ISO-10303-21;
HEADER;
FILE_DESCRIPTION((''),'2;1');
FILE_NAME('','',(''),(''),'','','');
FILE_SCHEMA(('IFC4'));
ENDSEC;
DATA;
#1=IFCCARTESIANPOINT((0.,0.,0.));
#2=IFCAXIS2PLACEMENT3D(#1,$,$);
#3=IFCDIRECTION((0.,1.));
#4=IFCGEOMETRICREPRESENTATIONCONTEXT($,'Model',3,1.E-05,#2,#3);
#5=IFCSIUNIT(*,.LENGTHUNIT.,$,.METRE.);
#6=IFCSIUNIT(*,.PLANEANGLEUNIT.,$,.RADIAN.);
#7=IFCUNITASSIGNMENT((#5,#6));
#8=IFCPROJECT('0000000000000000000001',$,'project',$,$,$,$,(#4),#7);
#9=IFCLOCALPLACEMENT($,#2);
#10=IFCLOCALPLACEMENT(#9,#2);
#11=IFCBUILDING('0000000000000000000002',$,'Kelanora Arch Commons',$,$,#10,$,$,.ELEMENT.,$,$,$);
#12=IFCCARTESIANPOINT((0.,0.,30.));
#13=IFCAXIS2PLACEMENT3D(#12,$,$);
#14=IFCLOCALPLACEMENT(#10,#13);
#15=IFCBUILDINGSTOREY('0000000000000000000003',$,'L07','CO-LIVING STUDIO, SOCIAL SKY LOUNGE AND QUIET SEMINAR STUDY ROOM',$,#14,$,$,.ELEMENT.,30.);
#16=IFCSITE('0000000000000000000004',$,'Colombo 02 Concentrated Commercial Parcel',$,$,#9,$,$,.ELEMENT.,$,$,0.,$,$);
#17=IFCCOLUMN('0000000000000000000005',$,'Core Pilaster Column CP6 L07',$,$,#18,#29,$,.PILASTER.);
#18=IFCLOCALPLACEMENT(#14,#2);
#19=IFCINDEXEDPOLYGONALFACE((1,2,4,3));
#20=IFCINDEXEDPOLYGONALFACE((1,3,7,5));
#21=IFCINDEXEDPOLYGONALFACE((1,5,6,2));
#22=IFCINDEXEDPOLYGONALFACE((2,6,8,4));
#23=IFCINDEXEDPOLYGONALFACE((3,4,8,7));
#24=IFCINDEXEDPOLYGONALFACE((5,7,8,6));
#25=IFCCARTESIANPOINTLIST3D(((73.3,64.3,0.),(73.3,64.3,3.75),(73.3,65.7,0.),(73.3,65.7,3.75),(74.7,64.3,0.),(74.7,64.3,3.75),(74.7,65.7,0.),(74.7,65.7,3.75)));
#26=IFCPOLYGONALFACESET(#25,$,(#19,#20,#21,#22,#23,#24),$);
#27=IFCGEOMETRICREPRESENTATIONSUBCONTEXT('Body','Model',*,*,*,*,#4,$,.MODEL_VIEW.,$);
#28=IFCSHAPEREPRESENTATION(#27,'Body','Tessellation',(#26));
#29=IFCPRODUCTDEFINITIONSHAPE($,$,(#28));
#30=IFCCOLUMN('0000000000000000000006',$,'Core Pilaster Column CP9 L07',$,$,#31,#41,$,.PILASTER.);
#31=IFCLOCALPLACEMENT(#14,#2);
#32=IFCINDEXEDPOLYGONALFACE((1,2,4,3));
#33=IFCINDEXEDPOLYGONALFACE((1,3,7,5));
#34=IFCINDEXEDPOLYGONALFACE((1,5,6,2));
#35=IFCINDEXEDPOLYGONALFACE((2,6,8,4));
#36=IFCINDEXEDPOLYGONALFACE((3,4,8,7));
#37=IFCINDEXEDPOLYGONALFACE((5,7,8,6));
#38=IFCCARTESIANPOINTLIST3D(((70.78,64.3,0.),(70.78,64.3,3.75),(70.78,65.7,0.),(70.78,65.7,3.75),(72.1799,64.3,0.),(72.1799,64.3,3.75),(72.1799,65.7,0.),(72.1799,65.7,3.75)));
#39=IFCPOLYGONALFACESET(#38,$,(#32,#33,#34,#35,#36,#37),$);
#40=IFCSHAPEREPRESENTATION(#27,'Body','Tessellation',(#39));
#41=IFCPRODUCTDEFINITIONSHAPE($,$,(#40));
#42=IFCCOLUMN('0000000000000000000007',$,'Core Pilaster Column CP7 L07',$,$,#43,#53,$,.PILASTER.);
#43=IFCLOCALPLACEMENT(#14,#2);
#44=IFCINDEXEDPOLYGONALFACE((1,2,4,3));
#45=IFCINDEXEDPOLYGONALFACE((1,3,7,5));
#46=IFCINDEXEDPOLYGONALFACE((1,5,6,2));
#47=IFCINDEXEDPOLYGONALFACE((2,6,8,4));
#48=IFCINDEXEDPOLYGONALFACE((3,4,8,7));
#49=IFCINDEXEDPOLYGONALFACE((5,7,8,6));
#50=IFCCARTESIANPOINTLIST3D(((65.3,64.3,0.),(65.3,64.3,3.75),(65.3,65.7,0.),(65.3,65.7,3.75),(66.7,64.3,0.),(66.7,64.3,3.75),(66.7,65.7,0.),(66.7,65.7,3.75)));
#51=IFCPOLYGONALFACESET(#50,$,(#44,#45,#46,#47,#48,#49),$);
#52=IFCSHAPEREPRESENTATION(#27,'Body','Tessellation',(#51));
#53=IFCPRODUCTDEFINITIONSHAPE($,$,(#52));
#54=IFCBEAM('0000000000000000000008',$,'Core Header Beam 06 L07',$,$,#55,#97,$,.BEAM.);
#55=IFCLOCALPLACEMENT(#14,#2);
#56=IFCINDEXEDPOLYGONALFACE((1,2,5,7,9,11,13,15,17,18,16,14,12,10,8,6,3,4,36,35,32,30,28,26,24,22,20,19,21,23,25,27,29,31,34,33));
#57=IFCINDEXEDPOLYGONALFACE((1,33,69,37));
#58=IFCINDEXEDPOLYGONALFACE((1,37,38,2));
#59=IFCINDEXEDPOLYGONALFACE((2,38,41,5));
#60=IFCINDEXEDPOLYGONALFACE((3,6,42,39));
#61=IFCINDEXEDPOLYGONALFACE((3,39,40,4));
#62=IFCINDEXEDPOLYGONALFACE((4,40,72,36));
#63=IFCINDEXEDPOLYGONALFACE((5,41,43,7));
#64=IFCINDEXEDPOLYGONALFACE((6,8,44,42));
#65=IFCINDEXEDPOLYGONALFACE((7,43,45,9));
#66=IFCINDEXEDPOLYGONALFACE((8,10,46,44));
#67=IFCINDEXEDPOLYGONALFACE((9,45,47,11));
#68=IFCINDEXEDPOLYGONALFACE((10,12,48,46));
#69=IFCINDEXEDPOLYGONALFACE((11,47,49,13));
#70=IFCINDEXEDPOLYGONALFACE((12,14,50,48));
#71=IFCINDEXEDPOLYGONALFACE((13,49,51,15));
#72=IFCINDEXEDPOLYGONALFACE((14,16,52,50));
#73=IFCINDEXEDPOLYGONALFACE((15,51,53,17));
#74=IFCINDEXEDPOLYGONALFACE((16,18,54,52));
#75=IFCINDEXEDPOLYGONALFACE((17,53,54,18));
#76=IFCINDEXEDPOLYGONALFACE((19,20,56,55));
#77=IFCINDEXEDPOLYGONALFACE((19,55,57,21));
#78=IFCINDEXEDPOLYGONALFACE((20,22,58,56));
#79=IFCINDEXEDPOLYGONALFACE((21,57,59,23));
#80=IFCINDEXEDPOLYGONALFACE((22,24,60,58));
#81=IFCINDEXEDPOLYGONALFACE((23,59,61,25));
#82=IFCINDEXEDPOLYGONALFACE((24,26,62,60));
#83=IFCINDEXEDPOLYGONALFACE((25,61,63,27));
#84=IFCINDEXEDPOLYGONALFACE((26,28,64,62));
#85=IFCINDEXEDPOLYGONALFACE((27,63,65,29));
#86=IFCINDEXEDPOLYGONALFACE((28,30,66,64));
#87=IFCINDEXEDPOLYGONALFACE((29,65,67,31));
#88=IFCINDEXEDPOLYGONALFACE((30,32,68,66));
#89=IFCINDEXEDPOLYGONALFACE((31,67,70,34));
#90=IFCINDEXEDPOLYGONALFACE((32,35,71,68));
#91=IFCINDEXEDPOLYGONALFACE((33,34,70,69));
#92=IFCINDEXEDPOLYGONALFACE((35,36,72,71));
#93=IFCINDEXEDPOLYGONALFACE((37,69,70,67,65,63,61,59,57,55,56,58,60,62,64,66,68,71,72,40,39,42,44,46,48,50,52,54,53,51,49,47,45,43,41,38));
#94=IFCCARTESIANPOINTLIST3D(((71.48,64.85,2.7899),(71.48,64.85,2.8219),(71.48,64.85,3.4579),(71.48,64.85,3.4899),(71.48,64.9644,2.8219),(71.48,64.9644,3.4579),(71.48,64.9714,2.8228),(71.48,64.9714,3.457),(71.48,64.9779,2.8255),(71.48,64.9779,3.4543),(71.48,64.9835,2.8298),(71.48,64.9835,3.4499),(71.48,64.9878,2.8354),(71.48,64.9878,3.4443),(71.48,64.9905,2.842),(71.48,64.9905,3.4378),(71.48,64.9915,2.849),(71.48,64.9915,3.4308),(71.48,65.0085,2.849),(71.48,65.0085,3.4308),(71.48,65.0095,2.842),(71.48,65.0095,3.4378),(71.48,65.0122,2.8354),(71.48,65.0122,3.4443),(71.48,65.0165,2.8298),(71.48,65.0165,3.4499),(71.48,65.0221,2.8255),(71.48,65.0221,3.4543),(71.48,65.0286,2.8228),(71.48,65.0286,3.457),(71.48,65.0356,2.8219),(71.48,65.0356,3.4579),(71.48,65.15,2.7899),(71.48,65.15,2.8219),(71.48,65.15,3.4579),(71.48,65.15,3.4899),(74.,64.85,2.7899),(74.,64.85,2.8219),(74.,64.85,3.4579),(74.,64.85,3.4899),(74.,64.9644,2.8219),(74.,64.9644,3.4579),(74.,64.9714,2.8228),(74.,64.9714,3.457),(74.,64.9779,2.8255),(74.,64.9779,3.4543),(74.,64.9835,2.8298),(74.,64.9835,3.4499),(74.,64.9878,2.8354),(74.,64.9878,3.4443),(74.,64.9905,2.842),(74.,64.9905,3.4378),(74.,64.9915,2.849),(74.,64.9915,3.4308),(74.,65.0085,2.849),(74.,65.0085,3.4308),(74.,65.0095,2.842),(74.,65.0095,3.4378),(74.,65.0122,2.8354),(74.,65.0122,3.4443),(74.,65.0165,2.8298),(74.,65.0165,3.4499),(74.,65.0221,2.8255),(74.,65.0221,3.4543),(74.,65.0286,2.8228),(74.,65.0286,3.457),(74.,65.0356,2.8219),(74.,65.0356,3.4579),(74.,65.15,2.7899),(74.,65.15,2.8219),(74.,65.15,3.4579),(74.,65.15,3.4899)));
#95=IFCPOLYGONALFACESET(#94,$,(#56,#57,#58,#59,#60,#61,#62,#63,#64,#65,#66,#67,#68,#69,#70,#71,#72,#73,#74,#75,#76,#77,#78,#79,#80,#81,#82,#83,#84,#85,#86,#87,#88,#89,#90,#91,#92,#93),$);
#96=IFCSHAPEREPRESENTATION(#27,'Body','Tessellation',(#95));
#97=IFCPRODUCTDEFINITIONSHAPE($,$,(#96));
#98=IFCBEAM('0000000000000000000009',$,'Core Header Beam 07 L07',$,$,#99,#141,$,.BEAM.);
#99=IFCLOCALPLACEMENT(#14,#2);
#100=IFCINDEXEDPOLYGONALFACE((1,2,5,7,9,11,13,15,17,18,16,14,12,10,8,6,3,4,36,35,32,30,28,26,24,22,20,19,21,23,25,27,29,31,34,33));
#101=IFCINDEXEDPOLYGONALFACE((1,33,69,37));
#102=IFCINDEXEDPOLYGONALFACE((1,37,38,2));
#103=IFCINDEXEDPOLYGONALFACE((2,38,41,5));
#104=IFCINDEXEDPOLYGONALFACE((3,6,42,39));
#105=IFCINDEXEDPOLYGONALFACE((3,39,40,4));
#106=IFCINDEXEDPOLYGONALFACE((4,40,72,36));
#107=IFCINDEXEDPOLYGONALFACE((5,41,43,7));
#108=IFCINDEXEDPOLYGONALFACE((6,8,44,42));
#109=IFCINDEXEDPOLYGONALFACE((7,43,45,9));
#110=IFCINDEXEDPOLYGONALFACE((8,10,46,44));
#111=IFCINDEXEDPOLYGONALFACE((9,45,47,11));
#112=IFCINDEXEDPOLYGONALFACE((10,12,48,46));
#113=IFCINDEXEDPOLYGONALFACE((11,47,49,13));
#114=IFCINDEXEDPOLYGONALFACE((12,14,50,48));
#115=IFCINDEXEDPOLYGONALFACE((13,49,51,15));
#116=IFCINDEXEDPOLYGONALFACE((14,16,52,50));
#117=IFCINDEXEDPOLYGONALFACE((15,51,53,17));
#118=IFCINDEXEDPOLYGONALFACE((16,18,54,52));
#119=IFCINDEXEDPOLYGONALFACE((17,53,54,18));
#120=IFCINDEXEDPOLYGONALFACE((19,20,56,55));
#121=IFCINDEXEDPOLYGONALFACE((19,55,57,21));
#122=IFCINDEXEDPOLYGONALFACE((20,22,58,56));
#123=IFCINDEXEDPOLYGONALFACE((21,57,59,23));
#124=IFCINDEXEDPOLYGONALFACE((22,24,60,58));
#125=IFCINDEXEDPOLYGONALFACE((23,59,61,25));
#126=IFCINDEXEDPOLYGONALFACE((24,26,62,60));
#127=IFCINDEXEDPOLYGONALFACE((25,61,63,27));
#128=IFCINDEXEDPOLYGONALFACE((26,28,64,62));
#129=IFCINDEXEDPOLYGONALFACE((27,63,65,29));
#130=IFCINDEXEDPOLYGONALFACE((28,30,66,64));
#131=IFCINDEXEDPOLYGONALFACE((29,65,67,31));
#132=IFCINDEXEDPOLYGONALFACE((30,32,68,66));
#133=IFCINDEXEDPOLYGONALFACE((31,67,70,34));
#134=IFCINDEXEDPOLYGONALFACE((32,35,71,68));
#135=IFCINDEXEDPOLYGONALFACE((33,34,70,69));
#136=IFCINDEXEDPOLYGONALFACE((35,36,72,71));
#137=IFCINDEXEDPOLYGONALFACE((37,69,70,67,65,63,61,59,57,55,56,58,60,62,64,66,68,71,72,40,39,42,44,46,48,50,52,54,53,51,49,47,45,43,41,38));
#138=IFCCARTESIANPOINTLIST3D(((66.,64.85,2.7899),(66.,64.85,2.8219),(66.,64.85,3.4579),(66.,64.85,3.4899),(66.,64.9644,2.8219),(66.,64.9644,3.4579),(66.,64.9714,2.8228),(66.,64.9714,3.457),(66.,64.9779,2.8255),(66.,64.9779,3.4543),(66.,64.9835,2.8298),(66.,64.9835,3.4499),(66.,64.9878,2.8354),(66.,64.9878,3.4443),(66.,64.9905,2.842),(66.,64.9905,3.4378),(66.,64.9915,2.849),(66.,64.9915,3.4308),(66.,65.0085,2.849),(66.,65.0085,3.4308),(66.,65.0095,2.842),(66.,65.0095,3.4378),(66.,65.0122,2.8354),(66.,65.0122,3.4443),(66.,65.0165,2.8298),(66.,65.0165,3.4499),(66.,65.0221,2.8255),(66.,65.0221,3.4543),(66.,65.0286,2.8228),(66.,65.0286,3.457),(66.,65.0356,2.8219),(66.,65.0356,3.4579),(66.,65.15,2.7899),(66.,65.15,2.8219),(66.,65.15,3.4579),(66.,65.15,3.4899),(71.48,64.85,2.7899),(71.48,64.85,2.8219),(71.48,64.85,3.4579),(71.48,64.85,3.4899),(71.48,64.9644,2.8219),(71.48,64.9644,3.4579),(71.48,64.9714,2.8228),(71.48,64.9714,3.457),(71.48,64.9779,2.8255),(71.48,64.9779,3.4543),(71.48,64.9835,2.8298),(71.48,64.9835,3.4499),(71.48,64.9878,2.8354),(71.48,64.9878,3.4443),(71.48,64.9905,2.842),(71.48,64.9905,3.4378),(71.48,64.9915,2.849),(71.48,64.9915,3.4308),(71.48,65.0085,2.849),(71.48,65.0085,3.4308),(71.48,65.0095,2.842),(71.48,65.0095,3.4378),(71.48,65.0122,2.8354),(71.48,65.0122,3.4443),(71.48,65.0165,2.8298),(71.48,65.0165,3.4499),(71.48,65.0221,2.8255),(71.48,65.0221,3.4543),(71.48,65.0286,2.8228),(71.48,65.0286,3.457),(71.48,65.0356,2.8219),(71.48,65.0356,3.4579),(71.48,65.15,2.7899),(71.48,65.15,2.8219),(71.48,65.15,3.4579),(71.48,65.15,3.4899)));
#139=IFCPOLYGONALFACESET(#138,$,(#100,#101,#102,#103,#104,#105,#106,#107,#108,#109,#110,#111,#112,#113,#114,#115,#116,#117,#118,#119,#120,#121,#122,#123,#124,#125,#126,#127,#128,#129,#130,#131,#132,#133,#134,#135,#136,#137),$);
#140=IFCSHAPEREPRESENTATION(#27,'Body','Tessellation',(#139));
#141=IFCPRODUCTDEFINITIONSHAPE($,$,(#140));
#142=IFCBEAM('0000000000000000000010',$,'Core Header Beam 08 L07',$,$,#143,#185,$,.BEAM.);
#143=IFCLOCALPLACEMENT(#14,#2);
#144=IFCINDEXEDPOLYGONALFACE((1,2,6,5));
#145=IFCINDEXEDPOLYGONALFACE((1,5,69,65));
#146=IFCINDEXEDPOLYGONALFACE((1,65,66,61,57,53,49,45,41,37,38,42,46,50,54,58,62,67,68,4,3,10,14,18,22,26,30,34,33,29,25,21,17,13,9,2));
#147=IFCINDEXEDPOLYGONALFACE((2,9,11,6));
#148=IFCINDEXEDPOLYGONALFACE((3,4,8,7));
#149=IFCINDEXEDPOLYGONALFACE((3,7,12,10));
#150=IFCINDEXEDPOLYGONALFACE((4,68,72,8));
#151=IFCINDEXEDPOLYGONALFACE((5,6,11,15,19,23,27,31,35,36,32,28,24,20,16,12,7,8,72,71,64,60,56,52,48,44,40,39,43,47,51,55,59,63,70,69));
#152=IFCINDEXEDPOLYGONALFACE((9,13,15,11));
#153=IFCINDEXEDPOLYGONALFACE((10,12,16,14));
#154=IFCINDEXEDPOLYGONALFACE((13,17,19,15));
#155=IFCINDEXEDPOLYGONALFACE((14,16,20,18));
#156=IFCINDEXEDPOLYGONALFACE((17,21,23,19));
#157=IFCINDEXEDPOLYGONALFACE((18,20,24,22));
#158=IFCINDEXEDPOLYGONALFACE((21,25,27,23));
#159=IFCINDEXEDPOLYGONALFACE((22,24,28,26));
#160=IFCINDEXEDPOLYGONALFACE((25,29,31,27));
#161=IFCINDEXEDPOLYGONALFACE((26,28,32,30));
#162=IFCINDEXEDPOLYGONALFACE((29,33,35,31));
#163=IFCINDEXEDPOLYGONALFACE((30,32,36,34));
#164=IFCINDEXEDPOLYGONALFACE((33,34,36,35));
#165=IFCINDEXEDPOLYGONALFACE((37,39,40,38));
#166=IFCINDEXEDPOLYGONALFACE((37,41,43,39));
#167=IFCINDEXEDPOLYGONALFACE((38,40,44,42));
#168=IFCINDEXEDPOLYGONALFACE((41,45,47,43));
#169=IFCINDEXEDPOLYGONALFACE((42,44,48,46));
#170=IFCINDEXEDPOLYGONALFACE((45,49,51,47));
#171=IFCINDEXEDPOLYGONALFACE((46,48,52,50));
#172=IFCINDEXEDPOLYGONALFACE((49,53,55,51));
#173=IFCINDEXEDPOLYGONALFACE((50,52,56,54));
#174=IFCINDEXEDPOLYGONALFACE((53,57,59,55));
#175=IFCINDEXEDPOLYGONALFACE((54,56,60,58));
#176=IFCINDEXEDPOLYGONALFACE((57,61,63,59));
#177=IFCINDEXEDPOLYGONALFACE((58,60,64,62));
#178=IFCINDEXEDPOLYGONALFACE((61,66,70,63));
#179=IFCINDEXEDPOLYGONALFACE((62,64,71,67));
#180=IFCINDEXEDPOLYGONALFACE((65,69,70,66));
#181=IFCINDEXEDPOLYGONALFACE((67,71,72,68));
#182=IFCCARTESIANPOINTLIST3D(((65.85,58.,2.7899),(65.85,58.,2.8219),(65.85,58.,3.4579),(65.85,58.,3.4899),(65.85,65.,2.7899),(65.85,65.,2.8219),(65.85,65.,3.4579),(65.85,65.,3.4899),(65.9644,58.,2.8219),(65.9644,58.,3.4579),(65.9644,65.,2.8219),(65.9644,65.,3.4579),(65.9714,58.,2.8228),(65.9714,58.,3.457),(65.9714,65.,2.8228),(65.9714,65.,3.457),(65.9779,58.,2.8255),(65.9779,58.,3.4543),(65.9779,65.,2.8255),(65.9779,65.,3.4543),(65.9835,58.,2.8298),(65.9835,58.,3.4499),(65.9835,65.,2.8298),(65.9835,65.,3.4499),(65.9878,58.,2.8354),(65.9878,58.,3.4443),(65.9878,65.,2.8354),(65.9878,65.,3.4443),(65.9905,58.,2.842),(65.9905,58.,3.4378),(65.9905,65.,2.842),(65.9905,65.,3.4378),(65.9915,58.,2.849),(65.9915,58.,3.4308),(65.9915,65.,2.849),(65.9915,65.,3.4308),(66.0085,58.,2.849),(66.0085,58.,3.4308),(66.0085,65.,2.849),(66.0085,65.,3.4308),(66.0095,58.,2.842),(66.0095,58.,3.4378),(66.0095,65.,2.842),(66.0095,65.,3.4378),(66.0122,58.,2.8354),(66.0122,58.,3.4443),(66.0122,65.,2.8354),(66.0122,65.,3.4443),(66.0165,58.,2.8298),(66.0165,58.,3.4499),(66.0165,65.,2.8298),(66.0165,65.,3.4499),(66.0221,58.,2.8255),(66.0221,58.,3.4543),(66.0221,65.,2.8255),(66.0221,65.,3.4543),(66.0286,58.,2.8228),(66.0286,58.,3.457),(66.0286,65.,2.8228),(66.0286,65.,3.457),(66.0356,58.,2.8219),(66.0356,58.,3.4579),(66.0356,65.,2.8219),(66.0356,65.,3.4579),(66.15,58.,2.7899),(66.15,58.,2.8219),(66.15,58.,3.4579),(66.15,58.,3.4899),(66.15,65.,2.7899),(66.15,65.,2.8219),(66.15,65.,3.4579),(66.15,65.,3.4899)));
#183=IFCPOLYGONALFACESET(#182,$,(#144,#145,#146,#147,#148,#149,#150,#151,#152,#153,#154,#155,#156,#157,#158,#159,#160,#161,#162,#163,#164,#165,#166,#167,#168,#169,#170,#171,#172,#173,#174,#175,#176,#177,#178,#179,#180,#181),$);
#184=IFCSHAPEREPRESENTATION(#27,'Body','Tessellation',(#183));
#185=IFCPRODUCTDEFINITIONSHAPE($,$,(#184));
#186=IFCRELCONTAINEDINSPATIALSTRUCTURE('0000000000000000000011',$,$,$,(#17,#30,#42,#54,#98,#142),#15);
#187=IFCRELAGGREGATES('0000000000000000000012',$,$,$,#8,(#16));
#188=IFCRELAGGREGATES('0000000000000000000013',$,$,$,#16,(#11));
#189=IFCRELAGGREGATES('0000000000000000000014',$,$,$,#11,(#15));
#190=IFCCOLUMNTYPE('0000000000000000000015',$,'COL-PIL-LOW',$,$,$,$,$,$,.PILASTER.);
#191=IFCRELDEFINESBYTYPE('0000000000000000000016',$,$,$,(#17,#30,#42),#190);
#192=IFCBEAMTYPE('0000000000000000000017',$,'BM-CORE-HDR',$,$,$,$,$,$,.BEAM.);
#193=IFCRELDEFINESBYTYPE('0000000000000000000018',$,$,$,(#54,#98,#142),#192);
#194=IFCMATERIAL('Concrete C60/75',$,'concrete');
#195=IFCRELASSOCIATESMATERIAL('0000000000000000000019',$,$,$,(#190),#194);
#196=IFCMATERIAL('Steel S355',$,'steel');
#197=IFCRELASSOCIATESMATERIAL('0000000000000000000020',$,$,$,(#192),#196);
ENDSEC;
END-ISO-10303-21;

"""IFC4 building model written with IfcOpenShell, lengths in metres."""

from ifc_helpers import new_model, si_unit, direction, frame, origin, origin_2d, place, context, subcontext, project, spatial, rectangle, i_section, extrude, material, material_profile, profile_set, type_object, element, save


model = new_model("IFC4")

# Units and contexts
model_context = context("Model", 3, precision=1e-05, world=origin(), true_north=direction((0.0, 1.0)))
body_context = subcontext(model_context, "Body", "Model", "MODEL_VIEW")
ifc_project = project(units=[si_unit("LENGTHUNIT", "METRE"), si_unit("PLANEANGLEUNIT", "RADIAN")], contexts=[model_context])

# Site, building, storey
site_placement = place(None, origin())
site = spatial("IfcSite", under=ifc_project, at=site_placement, Name="Colombo 02 Concentrated Commercial Parcel", CompositionType="ELEMENT", RefElevation=0.0)
building_placement = place(site_placement, origin())
building = spatial("IfcBuilding", under=site, at=building_placement, Name="Kelanora Arch Commons", CompositionType="ELEMENT")
storey_placement = place(building_placement, frame((0.0, 0.0, 30.0)))
storey = spatial("IfcBuildingStorey", under=building, at=storey_placement, Name="L07", Description="CO-LIVING STUDIO, SOCIAL SKY LOUNGE AND QUIET SEMINAR STUDY ROOM", CompositionType="ELEMENT", Elevation=30.0)

# Columns
ifc_material_1 = material(Name="Concrete C60/75", Category="concrete")
ifc_material_profile_1 = material_profile(ifc_material_1, rectangle(XDim=1.3999, YDim=1.3999, at=origin_2d()), Name="RC1400x1400")
ifc_profile_set_1 = profile_set([ifc_material_profile_1], Name="Concrete C60/75")
column_type = type_object("IfcColumnType", Name="COL-PIL-LOW", PredefinedType="PILASTER", material=ifc_profile_set_1)
for number, where, z_axis, x_axis, name in (
    (1, (74.0, 65.0, 0.0), (0.0, 0.0, 1.0), (1.0, 0.0, 0.0), "Core Pilaster Column CP6 L07"),
    (2, (71.48, 65.0, 0.0), (0.0, 0.0, 1.0), (1.0, 0.0, 0.0), "Core Pilaster Column CP9 L07"),
    (3, (66.0, 65.0, 0.0), (0.0, 0.0, 1.0), (1.0, 0.0, 0.0), "Core Pilaster Column CP7 L07"),
):
    element("IfcColumn", number, at=place(storey_placement, frame(where, z_axis=z_axis, x_axis=x_axis)), inside=storey, type_object=column_type, Name=name, PredefinedType="PILASTER", context=body_context, shape_type="SweptSolid", body=[
        extrude(rectangle(XDim=1.3999, YDim=1.3999, at=origin_2d()), origin(), (0.0, 0.0, 1.0), 3.75),
    ])

# Beams
ifc_material_2 = material(Name="Steel S355", Category="steel")
ifc_material_profile_2 = material_profile(ifc_material_2, i_section(OverallWidth=0.3, OverallDepth=0.7, WebThickness=0.0171, FlangeThickness=0.032, FilletRadius=0.0271, at=origin_2d()), Name="HEB700")
ifc_profile_set_2 = profile_set([ifc_material_profile_2], Name="Steel S355")
beam_type_1 = type_object("IfcBeamType", Name="BM-CORE-HDR", PredefinedType="BEAM", material=ifc_profile_set_2)
beam_1_placement = place(storey_placement, frame((74.0, 65.0, 3.1399), z_axis=(-1.0, 0.0, 0.0), x_axis=(0.0, -1.0, 0.0)))
element("IfcBeam", 4, at=beam_1_placement, inside=storey, type_object=beam_type_1, Name="Core Header Beam 06 L07", PredefinedType="BEAM", context=body_context, shape_type="SweptSolid", body=[
    extrude(i_section(OverallWidth=0.3, OverallDepth=0.7, WebThickness=0.0171, FlangeThickness=0.032, FilletRadius=0.0271, at=origin_2d()), origin(), (0.0, 0.0, 1.0), 2.52),
])
beam_2_placement = place(storey_placement, frame((71.48, 65.0, 3.1399), z_axis=(-1.0, 0.0, 0.0), x_axis=(0.0, -1.0, 0.0)))
element("IfcBeam", 5, at=beam_2_placement, inside=storey, type_object=beam_type_1, Name="Core Header Beam 07 L07", PredefinedType="BEAM", context=body_context, shape_type="SweptSolid", body=[
    extrude(i_section(OverallWidth=0.3, OverallDepth=0.7, WebThickness=0.0171, FlangeThickness=0.032, FilletRadius=0.0271, at=origin_2d()), origin(), (0.0, 0.0, 1.0), 5.48),
])
beam_3_placement = place(storey_placement, frame((66.0, 65.0, 3.1399), z_axis=(0.0, -1.0, 0.0), x_axis=(1.0, 0.0, 0.0)))
element("IfcBeam", 6, at=beam_3_placement, inside=storey, type_object=beam_type_1, Name="Core Header Beam 08 L07", PredefinedType="BEAM", context=body_context, shape_type="SweptSolid", body=[
    extrude(i_section(OverallWidth=0.3, OverallDepth=0.7, WebThickness=0.0171, FlangeThickness=0.032, FilletRadius=0.0271, at=origin_2d()), origin(), (0.0, 0.0, 1.0), 7.0),
])

save(model, "model.ifc")
